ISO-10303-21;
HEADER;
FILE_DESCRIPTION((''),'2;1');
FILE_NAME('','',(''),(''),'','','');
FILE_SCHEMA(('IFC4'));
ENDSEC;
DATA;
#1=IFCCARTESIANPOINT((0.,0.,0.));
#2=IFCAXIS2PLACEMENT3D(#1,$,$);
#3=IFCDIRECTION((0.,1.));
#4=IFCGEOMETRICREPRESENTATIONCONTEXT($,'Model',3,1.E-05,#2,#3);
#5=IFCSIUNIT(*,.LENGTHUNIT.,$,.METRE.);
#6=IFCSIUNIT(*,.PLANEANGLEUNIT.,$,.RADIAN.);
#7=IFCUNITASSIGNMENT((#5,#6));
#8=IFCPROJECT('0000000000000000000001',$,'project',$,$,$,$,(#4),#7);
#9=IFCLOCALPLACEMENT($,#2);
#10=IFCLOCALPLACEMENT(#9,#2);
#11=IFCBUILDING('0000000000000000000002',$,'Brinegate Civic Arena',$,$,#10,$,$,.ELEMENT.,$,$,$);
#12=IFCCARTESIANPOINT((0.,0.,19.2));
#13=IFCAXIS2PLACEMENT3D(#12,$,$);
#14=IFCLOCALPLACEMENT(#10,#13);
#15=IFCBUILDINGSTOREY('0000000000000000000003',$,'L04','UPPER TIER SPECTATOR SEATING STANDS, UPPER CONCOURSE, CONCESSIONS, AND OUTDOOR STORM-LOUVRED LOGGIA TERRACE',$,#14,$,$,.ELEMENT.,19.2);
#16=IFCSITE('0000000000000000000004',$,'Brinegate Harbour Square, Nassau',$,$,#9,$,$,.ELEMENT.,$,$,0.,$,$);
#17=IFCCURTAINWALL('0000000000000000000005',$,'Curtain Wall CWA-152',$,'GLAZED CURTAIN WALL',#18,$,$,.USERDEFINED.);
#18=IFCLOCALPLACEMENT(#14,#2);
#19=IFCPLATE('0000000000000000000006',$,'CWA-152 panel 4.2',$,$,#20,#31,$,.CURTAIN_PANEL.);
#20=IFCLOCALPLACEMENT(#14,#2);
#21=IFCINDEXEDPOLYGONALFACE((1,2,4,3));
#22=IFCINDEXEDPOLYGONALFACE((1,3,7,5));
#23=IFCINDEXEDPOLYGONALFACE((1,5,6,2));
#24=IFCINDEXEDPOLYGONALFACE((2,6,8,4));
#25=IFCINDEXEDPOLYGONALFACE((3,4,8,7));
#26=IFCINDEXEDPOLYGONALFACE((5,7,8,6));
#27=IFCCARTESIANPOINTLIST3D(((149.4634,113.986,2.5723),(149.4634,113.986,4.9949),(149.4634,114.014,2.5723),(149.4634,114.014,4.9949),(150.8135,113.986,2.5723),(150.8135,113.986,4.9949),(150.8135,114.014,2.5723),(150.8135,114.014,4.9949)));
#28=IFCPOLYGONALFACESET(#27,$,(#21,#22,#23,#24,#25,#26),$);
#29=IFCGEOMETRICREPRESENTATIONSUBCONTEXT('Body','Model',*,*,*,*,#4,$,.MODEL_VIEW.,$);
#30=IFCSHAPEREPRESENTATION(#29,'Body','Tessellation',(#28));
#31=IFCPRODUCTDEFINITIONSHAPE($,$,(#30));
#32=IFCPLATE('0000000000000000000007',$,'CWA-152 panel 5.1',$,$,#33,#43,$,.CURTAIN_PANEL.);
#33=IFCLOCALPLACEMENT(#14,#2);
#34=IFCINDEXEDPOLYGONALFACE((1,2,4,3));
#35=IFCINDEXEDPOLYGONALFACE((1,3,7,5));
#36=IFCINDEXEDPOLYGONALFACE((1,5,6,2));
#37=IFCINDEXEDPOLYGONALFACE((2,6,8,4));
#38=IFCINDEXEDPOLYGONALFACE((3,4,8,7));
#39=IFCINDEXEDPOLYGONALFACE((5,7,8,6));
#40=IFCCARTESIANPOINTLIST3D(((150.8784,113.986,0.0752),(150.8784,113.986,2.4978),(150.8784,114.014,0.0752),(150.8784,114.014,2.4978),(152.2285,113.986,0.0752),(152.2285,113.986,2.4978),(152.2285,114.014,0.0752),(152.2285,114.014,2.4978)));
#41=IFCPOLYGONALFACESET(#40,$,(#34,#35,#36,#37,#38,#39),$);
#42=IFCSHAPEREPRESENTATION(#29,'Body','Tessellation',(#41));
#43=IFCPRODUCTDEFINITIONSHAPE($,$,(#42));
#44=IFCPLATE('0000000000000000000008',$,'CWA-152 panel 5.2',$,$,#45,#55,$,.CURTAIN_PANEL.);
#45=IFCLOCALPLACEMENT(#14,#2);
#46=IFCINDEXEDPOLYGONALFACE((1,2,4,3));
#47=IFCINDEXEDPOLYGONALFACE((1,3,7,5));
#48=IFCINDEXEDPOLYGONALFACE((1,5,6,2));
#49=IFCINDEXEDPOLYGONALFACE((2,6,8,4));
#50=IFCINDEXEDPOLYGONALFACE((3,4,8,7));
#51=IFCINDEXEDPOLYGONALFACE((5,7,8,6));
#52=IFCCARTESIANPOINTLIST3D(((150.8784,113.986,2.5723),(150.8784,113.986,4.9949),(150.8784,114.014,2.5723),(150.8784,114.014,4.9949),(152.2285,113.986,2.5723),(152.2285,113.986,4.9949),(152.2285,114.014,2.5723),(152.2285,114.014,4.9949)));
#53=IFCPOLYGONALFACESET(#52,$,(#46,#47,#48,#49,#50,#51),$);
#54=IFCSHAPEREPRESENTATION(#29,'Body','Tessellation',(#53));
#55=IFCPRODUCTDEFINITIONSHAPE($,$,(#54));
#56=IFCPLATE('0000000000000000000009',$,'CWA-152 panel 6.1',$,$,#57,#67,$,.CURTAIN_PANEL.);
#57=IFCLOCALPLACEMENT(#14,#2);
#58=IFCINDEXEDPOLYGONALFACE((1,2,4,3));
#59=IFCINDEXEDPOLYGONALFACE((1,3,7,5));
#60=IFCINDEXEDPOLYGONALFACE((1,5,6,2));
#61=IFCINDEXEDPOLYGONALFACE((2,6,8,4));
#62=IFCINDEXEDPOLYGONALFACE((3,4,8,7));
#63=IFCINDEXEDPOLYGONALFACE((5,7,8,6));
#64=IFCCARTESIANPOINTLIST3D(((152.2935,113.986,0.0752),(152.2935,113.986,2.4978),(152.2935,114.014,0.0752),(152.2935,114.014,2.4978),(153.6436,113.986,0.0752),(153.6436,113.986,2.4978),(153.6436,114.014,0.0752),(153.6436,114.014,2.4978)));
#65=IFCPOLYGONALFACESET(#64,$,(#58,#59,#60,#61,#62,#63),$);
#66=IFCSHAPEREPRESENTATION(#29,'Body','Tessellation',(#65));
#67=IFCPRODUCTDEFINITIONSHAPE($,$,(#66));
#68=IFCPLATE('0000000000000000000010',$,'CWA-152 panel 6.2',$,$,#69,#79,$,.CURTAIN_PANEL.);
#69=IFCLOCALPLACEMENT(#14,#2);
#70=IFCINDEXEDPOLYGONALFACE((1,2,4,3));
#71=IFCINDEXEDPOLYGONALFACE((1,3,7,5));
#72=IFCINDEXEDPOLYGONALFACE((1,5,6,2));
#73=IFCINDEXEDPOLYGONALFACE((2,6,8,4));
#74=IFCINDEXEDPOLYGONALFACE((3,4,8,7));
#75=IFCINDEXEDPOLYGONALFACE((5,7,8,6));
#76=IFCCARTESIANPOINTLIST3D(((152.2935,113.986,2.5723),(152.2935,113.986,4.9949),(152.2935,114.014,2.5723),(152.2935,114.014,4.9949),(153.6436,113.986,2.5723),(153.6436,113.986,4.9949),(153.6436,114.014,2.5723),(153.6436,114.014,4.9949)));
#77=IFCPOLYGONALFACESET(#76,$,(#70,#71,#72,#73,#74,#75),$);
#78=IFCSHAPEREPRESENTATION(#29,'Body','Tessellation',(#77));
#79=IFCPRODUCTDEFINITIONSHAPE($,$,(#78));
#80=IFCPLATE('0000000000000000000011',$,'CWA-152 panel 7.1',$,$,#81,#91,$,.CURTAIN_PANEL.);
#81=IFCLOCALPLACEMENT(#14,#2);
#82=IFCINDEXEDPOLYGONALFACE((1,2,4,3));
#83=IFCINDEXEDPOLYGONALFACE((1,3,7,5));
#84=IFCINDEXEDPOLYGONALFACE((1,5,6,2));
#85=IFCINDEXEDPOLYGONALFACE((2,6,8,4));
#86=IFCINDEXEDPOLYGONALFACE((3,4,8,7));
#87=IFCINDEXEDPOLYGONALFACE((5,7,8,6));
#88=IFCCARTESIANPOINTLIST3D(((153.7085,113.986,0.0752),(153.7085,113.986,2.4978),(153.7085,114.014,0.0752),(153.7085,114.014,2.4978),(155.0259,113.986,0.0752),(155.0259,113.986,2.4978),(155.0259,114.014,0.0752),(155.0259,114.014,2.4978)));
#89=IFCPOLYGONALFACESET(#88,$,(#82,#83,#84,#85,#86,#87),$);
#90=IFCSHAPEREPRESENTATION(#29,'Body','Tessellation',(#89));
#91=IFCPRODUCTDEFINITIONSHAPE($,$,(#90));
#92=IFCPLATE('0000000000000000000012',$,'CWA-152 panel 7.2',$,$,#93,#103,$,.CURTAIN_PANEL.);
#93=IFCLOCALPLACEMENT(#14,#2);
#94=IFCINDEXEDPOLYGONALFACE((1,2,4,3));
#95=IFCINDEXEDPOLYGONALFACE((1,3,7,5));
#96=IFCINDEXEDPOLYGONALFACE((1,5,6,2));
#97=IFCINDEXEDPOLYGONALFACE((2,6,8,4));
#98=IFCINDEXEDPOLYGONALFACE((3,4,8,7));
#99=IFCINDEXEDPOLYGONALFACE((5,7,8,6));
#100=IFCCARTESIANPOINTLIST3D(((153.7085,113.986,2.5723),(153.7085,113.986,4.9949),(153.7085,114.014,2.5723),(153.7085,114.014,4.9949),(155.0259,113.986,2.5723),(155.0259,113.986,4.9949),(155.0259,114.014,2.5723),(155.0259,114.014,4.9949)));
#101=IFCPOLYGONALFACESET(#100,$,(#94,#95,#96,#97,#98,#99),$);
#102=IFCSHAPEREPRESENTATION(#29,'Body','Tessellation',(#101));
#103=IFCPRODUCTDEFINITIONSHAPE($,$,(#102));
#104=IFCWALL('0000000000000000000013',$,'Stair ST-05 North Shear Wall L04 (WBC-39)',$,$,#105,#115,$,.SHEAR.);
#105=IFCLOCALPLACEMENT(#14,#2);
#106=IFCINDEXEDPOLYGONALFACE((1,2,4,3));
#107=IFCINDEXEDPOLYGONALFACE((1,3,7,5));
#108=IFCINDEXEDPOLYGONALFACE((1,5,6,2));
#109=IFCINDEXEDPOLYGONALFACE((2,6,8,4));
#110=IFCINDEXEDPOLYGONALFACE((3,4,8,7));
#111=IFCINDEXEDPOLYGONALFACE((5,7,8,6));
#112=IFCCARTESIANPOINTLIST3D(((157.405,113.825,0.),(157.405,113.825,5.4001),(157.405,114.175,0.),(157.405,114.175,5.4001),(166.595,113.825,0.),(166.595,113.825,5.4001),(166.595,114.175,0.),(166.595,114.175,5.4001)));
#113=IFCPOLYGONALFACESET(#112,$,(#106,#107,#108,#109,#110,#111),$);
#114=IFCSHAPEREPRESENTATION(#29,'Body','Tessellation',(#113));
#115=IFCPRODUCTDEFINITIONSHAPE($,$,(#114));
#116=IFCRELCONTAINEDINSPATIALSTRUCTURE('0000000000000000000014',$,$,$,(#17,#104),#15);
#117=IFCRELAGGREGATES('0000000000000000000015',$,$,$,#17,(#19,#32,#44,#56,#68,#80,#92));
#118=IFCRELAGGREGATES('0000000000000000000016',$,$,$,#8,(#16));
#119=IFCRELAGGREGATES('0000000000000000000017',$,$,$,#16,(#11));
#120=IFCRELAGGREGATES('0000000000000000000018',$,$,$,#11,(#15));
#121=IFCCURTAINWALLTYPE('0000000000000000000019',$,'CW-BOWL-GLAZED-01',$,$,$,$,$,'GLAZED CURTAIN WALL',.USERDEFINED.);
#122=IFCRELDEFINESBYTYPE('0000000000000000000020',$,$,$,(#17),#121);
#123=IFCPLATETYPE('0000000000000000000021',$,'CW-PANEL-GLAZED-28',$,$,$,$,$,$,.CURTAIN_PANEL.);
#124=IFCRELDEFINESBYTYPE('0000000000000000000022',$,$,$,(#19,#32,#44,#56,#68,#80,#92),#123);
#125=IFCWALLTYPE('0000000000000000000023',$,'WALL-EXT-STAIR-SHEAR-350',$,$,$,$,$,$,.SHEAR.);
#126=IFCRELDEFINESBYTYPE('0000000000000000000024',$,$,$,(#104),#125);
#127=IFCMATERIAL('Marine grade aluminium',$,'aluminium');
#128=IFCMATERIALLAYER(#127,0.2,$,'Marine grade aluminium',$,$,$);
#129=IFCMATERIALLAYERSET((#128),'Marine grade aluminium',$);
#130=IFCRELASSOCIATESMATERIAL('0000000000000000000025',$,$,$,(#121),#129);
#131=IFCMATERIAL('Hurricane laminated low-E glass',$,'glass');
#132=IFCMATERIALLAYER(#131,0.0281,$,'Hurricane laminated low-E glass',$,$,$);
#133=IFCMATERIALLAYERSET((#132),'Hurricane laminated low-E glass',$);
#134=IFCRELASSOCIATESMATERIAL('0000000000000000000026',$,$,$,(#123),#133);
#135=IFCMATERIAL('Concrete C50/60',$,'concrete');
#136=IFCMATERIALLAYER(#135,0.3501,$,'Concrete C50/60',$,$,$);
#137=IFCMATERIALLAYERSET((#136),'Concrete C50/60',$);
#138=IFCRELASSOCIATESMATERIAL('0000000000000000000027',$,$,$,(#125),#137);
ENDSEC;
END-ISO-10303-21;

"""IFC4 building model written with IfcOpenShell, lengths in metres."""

from ifc_helpers import new_model, si_unit, direction, frame, frame_2d, origin, origin_2d, place, context, subcontext, project, spatial, rectangle, extrude, material, layer, layer_set, type_object, element, aggregate, save


model = new_model("IFC4")

# Units and contexts
model_context = context("Model", 3, precision=1e-05, world=origin(), true_north=direction((0.0, 1.0)))
body_context = subcontext(model_context, "Body", "Model", "MODEL_VIEW")
ifc_project = project(units=[si_unit("LENGTHUNIT", "METRE"), si_unit("PLANEANGLEUNIT", "RADIAN")], contexts=[model_context])

# Site, building, storey
site_placement = place(None, origin())
site = spatial("IfcSite", under=ifc_project, at=site_placement, Name="Brinegate Harbour Square, Nassau", CompositionType="ELEMENT", RefElevation=0.0)
building_placement = place(site_placement, origin())
building = spatial("IfcBuilding", under=site, at=building_placement, Name="Brinegate Civic Arena", CompositionType="ELEMENT")
storey_placement = place(building_placement, frame((0.0, 0.0, 19.2)))
storey = spatial("IfcBuildingStorey", under=building, at=storey_placement, Name="L04", Description="UPPER TIER SPECTATOR SEATING STANDS, UPPER CONCOURSE, CONCESSIONS, AND OUTDOOR STORM-LOUVRED LOGGIA TERRACE", CompositionType="ELEMENT", Elevation=19.2)

# Curtain wall
ifc_material_1 = material(Name="Marine grade aluminium", Category="aluminium")
ifc_layer_1 = layer(ifc_material_1, 0.2, Name="Marine grade aluminium")
ifc_layer_set_1 = layer_set([ifc_layer_1], Name="Marine grade aluminium")
curtain_wall_type = type_object("IfcCurtainWallType", Name="CW-BOWL-GLAZED-01", ElementType="GLAZED CURTAIN WALL", PredefinedType="USERDEFINED", material=ifc_layer_set_1)
curtain_wall_placement = place(storey_placement, origin())
curtain_wall = element("IfcCurtainWall", 1, at=curtain_wall_placement, inside=storey, type_object=curtain_wall_type, Name="Curtain Wall CWA-152", ObjectType="GLAZED CURTAIN WALL", PredefinedType="USERDEFINED")

# Plates
ifc_material_2 = material(Name="Hurricane laminated low-E glass", Category="glass")
ifc_layer_2 = layer(ifc_material_2, 0.0281, Name="Hurricane laminated low-E glass")
ifc_layer_set_2 = layer_set([ifc_layer_2], Name="Hurricane laminated low-E glass")
plate_type = type_object("IfcPlateType", Name="CW-PANEL-GLAZED-28", PredefinedType="CURTAIN_PANEL", material=ifc_layer_set_2)
plate_1_placement = place(storey_placement, frame((150.1384, 114.0, 2.5723), z_axis=(0.0, 0.0, 1.0), x_axis=(1.0, 0.0, 0.0)))
plate_1 = element("IfcPlate", 2, at=plate_1_placement, type_object=plate_type, Name="CWA-152 panel 4.2", PredefinedType="CURTAIN_PANEL", context=body_context, shape_type="SweptSolid", body=[
    extrude(rectangle(XDim=1.3501, YDim=0.0281, at=origin_2d()), origin(), (0.0, 0.0, 1.0), 2.4226),
])
plate_2_placement = place(storey_placement, frame((151.5535, 114.0, 0.0752), z_axis=(0.0, 0.0, 1.0), x_axis=(1.0, 0.0, 0.0)))
plate_2 = element("IfcPlate", 3, at=plate_2_placement, type_object=plate_type, Name="CWA-152 panel 5.1", PredefinedType="CURTAIN_PANEL", context=body_context, shape_type="SweptSolid", body=[
    extrude(rectangle(XDim=1.3501, YDim=0.0281, at=origin_2d()), origin(), (0.0, 0.0, 1.0), 2.4226),
])
plate_3_placement = place(storey_placement, frame((151.5535, 114.0, 2.5723), z_axis=(0.0, 0.0, 1.0), x_axis=(1.0, 0.0, 0.0)))
plate_3 = element("IfcPlate", 4, at=plate_3_placement, type_object=plate_type, Name="CWA-152 panel 5.2", PredefinedType="CURTAIN_PANEL", context=body_context, shape_type="SweptSolid", body=[
    extrude(rectangle(XDim=1.3501, YDim=0.0281, at=origin_2d()), origin(), (0.0, 0.0, 1.0), 2.4226),
])
plate_4_placement = place(storey_placement, frame((152.9685, 114.0, 0.0752), z_axis=(0.0, 0.0, 1.0), x_axis=(1.0, 0.0, 0.0)))
plate_4 = element("IfcPlate", 5, at=plate_4_placement, type_object=plate_type, Name="CWA-152 panel 6.1", PredefinedType="CURTAIN_PANEL", context=body_context, shape_type="SweptSolid", body=[
    extrude(rectangle(XDim=1.3501, YDim=0.0281, at=origin_2d()), origin(), (0.0, 0.0, 1.0), 2.4226),
])
plate_5_placement = place(storey_placement, frame((152.9685, 114.0, 2.5723), z_axis=(0.0, 0.0, 1.0), x_axis=(1.0, 0.0, 0.0)))
plate_5 = element("IfcPlate", 6, at=plate_5_placement, type_object=plate_type, Name="CWA-152 panel 6.2", PredefinedType="CURTAIN_PANEL", context=body_context, shape_type="SweptSolid", body=[
    extrude(rectangle(XDim=1.3501, YDim=0.0281, at=origin_2d()), origin(), (0.0, 0.0, 1.0), 2.4226),
])
plate_6_placement = place(storey_placement, frame((154.3672, 114.0, 0.0752), z_axis=(0.0, 0.0, 1.0), x_axis=(1.0, 0.0, 0.0)))
plate_6 = element("IfcPlate", 7, at=plate_6_placement, type_object=plate_type, Name="CWA-152 panel 7.1", PredefinedType="CURTAIN_PANEL", context=body_context, shape_type="SweptSolid", body=[
    extrude(rectangle(XDim=1.3174, YDim=0.0281, at=origin_2d()), origin(), (0.0, 0.0, 1.0), 2.4226),
])
plate_7_placement = place(storey_placement, frame((154.3672, 114.0, 2.5723), z_axis=(0.0, 0.0, 1.0), x_axis=(1.0, 0.0, 0.0)))
plate_7 = element("IfcPlate", 8, at=plate_7_placement, type_object=plate_type, Name="CWA-152 panel 7.2", PredefinedType="CURTAIN_PANEL", context=body_context, shape_type="SweptSolid", body=[
    extrude(rectangle(XDim=1.3174, YDim=0.0281, at=origin_2d()), origin(), (0.0, 0.0, 1.0), 2.4226),
])
aggregate(curtain_wall, [plate_1, plate_2, plate_3, plate_4, plate_5, plate_6, plate_7])

# Wall
ifc_material_3 = material(Name="Concrete C50/60", Category="concrete")
ifc_layer_3 = layer(ifc_material_3, 0.3501, Name="Concrete C50/60")
ifc_layer_set_3 = layer_set([ifc_layer_3], Name="Concrete C50/60")
wall_type = type_object("IfcWallType", Name="WALL-EXT-STAIR-SHEAR-350", PredefinedType="SHEAR", material=ifc_layer_set_3)
wall_placement = place(storey_placement, frame((157.405, 114.0, 0.0), z_axis=(0.0, 0.0, 1.0), x_axis=(1.0, 0.0, 0.0)))
element("IfcWall", 9, at=wall_placement, inside=storey, type_object=wall_type, Name="Stair ST-05 North Shear Wall L04 (WBC-39)", PredefinedType="SHEAR", context=body_context, shape_type="SweptSolid", body=[
    extrude(rectangle(XDim=9.1899, YDim=0.3501, at=frame_2d((4.595, 0.0))), origin(), (0.0, 0.0, 1.0), 5.4001),
])

save(model, "model.ifc")
